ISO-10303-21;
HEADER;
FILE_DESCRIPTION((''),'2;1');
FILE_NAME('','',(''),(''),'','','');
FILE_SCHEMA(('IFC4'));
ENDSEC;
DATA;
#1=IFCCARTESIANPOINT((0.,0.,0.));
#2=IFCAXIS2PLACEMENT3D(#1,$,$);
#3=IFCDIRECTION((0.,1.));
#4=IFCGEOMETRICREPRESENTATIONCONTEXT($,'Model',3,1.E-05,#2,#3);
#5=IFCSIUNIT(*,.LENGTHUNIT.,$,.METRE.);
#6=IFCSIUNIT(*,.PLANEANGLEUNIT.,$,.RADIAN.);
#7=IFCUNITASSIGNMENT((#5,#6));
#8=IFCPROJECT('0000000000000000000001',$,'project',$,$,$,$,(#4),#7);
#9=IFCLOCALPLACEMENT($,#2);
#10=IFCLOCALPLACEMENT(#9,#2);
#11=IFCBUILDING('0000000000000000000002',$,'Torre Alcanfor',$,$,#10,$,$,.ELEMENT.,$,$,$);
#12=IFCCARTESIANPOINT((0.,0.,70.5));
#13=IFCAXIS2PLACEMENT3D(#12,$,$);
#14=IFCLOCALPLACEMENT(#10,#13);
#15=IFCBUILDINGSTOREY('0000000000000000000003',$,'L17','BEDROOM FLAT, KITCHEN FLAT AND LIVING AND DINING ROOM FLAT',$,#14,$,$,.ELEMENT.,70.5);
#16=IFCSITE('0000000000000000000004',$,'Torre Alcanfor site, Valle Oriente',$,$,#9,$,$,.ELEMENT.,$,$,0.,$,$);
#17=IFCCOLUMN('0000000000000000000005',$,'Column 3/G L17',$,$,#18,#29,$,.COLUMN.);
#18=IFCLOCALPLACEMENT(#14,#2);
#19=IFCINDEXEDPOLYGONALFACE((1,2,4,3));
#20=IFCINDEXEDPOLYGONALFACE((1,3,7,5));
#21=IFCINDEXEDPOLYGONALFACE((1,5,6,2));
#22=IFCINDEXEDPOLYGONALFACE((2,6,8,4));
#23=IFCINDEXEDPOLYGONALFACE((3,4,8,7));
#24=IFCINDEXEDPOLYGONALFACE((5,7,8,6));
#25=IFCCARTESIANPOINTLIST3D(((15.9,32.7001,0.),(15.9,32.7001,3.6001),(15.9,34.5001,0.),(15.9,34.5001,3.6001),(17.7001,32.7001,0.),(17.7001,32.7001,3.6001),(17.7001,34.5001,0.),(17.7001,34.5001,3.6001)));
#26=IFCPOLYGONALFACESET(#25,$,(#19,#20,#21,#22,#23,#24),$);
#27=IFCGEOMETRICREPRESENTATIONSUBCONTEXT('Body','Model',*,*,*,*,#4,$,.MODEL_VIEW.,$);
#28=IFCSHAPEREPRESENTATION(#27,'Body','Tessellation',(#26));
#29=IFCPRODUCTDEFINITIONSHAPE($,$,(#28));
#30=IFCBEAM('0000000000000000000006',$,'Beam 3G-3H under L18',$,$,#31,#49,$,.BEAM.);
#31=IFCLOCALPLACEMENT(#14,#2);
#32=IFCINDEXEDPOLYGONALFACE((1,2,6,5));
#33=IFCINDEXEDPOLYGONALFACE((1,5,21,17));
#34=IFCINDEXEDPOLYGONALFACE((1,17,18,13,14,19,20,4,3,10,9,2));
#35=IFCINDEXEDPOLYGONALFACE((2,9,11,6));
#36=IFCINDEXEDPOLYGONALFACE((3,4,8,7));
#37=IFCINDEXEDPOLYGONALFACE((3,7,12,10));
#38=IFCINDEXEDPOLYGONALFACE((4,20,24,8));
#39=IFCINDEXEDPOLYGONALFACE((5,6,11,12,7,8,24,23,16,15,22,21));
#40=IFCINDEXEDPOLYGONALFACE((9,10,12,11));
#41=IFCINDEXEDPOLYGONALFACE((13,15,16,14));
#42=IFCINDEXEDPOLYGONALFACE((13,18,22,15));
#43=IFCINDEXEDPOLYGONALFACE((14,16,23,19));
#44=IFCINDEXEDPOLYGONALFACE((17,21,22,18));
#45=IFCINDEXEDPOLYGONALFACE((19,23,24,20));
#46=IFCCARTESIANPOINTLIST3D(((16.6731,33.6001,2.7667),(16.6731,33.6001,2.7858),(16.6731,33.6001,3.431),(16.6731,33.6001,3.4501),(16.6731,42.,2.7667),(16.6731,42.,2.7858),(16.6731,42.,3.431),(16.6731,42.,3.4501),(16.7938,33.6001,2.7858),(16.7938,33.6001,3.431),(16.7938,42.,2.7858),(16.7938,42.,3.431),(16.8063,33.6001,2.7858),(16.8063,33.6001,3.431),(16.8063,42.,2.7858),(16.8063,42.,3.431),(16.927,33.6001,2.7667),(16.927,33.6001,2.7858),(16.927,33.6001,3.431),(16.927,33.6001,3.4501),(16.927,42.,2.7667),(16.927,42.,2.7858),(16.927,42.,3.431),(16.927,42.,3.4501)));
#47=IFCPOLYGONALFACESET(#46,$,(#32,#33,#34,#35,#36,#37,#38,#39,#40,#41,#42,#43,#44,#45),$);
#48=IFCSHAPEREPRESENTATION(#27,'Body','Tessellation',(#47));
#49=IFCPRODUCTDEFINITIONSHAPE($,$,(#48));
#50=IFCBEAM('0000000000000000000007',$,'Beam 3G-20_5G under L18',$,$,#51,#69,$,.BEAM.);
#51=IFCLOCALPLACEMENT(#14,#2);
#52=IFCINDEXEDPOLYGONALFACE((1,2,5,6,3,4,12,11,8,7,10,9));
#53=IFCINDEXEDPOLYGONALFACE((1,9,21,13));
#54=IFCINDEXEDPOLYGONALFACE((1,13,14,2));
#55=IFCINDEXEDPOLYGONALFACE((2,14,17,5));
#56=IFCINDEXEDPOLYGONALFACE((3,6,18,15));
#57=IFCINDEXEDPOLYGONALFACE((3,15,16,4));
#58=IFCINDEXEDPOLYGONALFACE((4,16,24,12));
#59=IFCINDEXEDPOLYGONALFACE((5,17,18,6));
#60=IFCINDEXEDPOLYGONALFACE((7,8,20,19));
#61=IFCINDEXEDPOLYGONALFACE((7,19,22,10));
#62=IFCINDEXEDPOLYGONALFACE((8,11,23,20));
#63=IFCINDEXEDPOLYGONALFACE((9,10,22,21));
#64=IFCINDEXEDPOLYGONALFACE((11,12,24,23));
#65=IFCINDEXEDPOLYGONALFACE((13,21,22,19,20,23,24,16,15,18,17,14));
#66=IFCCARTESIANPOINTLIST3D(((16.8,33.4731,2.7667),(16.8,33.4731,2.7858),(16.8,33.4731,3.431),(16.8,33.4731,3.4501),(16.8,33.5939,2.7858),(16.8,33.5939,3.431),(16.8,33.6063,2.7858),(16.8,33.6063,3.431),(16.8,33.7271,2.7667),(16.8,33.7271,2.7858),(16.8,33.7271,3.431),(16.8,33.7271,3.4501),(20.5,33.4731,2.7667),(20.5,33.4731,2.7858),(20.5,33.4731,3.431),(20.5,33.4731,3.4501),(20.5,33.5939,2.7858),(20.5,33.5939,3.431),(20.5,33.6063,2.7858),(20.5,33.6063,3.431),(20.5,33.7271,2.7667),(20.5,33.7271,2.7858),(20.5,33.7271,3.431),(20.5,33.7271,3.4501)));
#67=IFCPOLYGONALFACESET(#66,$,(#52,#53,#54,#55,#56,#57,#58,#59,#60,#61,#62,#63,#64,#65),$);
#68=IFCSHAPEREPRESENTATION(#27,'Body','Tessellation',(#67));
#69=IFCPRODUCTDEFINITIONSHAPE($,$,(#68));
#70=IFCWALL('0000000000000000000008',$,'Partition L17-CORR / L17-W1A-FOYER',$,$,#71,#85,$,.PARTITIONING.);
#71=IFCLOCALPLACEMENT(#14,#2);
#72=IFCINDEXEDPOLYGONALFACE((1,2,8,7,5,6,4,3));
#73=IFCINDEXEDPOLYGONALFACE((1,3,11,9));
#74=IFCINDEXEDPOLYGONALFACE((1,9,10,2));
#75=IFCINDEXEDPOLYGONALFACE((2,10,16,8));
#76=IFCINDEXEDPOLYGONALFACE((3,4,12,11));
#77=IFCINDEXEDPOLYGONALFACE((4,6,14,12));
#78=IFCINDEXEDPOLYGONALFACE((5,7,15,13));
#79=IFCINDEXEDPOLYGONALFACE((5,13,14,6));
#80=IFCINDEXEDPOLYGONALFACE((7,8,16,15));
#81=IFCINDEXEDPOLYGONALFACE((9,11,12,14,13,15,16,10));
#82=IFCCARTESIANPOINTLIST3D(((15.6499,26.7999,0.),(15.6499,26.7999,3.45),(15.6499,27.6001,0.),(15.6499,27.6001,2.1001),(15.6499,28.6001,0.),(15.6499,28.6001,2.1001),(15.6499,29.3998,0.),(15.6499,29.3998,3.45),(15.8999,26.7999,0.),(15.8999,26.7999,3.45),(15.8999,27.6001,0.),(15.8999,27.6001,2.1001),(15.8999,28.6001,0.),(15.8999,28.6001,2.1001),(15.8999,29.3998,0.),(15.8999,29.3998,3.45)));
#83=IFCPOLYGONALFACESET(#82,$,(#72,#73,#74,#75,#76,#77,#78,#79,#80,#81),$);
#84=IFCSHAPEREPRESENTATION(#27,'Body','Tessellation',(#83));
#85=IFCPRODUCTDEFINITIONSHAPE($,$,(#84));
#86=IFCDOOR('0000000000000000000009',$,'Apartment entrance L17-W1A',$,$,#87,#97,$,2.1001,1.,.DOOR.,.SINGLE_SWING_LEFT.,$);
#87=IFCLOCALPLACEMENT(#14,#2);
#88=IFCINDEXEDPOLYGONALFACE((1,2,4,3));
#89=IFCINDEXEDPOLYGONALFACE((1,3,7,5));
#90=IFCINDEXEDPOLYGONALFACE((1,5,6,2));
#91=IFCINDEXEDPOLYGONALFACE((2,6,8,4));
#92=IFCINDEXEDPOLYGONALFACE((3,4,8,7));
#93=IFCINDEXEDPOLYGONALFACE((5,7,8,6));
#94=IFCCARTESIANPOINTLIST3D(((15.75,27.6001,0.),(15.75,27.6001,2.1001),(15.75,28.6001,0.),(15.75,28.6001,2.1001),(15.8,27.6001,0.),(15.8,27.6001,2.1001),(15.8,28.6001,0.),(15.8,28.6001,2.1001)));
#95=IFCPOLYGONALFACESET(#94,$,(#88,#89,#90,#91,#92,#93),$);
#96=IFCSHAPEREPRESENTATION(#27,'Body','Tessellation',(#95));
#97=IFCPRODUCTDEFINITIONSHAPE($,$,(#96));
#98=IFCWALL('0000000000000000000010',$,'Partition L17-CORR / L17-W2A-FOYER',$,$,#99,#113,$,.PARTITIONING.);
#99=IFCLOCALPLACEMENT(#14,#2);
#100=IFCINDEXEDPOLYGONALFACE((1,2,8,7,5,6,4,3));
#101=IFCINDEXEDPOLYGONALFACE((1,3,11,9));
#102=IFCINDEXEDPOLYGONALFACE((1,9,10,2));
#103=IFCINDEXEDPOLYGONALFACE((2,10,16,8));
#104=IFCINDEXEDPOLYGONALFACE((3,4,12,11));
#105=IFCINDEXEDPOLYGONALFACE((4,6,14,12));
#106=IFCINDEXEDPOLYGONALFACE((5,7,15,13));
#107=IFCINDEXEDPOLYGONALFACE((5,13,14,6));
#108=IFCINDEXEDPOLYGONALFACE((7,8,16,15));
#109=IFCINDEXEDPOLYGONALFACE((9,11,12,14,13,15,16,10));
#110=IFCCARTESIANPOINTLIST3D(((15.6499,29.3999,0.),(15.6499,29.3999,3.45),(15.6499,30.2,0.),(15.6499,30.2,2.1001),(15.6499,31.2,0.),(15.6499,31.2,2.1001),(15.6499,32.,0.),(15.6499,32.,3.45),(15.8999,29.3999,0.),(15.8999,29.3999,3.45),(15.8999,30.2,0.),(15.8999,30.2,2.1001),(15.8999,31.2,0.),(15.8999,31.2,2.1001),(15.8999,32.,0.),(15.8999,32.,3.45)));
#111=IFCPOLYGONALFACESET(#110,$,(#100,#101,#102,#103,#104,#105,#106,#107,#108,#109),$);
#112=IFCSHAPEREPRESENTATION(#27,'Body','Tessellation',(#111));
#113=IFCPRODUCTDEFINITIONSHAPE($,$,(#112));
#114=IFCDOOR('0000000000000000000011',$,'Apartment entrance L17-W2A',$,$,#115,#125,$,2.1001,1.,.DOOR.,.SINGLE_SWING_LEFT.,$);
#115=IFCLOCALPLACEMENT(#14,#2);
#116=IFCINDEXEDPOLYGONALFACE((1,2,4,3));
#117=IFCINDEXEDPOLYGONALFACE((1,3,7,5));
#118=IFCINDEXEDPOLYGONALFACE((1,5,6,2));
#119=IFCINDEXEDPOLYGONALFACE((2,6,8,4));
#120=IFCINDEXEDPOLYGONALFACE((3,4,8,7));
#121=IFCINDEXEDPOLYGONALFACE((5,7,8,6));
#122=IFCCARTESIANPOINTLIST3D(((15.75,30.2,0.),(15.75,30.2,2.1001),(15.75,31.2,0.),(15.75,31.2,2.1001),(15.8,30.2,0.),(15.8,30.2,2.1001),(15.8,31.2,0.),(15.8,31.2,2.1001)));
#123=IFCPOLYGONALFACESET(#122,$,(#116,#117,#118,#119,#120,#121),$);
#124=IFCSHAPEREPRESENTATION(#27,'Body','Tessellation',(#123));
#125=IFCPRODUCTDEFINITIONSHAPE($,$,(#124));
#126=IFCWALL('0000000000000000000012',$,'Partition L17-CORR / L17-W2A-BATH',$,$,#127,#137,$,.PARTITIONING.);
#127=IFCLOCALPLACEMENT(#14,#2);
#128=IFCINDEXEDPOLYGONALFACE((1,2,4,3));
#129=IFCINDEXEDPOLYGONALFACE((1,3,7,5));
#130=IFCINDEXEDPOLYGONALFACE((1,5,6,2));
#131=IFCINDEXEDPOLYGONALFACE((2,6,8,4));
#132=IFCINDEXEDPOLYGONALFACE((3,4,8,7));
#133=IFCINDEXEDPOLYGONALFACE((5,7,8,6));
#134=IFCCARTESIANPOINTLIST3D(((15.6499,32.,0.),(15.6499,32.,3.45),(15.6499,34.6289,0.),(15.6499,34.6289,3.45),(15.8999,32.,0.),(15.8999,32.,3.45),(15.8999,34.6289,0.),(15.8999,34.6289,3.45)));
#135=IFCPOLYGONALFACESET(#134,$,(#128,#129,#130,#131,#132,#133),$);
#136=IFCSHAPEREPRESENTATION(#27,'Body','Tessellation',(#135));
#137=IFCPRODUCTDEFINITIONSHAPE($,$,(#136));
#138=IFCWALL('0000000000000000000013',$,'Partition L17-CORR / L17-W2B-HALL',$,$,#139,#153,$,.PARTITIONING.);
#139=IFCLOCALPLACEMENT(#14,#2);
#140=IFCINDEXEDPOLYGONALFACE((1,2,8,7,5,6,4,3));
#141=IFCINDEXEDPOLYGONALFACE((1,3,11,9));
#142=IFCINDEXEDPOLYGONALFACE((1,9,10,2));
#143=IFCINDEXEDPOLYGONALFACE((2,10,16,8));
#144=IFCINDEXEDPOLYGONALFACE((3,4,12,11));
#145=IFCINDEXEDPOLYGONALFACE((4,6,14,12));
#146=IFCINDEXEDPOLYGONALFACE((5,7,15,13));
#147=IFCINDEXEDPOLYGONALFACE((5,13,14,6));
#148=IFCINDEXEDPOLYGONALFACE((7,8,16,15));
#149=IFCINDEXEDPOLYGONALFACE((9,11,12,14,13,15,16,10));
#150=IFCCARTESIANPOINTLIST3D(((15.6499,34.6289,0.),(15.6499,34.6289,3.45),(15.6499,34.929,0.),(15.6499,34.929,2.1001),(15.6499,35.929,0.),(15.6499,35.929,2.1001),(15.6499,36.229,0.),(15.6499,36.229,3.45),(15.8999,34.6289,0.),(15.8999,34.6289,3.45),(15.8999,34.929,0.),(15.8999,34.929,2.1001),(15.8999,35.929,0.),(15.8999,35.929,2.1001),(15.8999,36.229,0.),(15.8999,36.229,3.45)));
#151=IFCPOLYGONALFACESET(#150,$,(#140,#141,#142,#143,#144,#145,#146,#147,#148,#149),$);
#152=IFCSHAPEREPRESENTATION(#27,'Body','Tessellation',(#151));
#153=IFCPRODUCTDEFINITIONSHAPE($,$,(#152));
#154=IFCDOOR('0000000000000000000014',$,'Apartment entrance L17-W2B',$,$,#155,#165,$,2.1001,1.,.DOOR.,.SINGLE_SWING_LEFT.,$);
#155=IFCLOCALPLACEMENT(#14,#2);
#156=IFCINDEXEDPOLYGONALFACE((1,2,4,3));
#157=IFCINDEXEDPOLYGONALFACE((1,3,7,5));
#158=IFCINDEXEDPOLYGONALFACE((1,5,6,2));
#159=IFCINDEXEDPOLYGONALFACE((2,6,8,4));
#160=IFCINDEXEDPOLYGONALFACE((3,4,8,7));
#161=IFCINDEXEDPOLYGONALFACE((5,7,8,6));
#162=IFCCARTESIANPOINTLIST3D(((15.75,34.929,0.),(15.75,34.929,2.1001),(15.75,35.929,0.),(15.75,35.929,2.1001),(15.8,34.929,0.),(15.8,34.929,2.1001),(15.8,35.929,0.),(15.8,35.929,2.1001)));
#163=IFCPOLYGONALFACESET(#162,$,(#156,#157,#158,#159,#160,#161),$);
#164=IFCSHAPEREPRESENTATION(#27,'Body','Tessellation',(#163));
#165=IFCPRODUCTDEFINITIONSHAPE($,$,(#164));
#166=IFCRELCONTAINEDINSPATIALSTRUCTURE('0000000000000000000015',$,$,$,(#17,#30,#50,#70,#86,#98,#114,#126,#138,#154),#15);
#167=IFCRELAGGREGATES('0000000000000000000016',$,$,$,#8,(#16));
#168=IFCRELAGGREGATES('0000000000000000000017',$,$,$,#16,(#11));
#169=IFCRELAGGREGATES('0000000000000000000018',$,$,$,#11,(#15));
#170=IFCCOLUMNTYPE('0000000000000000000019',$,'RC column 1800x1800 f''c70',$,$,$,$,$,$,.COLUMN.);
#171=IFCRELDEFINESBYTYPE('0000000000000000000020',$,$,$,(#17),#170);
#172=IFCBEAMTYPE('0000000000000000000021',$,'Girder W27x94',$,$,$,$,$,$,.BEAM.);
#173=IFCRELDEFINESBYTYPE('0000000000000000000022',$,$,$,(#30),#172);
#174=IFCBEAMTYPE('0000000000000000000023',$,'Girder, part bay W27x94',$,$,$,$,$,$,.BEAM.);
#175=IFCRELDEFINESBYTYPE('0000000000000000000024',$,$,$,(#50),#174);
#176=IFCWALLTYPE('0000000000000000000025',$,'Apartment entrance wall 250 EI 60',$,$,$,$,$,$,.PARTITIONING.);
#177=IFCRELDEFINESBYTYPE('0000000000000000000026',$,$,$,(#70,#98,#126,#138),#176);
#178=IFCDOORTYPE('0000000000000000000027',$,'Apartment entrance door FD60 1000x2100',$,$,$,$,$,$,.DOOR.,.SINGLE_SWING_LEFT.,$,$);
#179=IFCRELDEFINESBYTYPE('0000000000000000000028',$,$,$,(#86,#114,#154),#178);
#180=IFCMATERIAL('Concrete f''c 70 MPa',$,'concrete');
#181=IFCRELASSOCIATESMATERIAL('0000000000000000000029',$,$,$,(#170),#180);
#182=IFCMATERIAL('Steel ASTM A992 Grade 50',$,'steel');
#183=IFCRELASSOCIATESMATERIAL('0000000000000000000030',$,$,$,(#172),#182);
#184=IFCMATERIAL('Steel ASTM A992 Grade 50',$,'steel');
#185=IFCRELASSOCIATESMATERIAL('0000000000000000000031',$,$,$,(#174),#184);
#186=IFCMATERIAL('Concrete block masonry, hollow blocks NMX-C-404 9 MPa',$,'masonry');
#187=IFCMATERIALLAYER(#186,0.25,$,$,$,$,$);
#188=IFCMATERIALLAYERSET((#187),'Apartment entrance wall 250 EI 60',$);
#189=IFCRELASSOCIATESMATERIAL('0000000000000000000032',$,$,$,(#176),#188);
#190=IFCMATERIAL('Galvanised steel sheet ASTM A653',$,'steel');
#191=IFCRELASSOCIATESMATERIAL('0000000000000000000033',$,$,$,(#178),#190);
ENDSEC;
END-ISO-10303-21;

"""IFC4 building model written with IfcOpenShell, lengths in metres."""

from ifc_helpers import new_model, si_unit, direction, frame, frame_2d, origin, origin_2d, place, context, subcontext, project, spatial, rectangle, i_section, extrude, material, layer, layer_set, material_profile, profile_set, type_object, element, fill, save


model = new_model("IFC4")

# Units and contexts
model_context = context("Model", 3, precision=1e-05, world=origin(), true_north=direction((0.0, 1.0)))
body_context = subcontext(model_context, "Body", "Model", "MODEL_VIEW")
ifc_project = project(units=[si_unit("LENGTHUNIT", "METRE"), si_unit("PLANEANGLEUNIT", "RADIAN")], contexts=[model_context])

# Site, building, storey
site_placement = place(None, origin())
site = spatial("IfcSite", under=ifc_project, at=site_placement, Name="Torre Alcanfor site, Valle Oriente", CompositionType="ELEMENT", RefElevation=0.0)
building_placement = place(site_placement, origin())
building = spatial("IfcBuilding", under=site, at=building_placement, Name="Torre Alcanfor", CompositionType="ELEMENT")
storey_placement = place(building_placement, frame((0.0, 0.0, 70.5)))
storey = spatial("IfcBuildingStorey", under=building, at=storey_placement, Name="L17", Description="BEDROOM FLAT, KITCHEN FLAT AND LIVING AND DINING ROOM FLAT", CompositionType="ELEMENT", Elevation=70.5)

# Column
ifc_material_1 = material(Name="Concrete f'c 70 MPa", Category="concrete")
ifc_material_profile_1 = material_profile(ifc_material_1, rectangle(XDim=1.8, YDim=1.8, at=origin_2d()), Name="1800x1800")
ifc_profile_set_1 = profile_set([ifc_material_profile_1], Name="Concrete f'c 70 MPa")
column_type = type_object("IfcColumnType", Name="RC column 1800x1800 f'c70", PredefinedType="COLUMN", material=ifc_profile_set_1)
column_placement = place(storey_placement, frame((16.8, 33.6001, 0.0), z_axis=(0.0, 0.0, 1.0), x_axis=(1.0, 0.0, 0.0)))
element("IfcColumn", 1, at=column_placement, inside=storey, type_object=column_type, Name="Column 3/G L17", PredefinedType="COLUMN", context=body_context, shape_type="SweptSolid", body=[
    extrude(rectangle(XDim=1.8, YDim=1.8, at=origin_2d()), origin(), (0.0, 0.0, 1.0), 3.6001),
])

# Beams
ifc_material_2 = material(Name="Steel ASTM A992 Grade 50", Category="steel")
ifc_material_profile_2 = material_profile(ifc_material_2, i_section(OverallWidth=0.2539, OverallDepth=0.6833, WebThickness=0.0125, FlangeThickness=0.019, at=origin_2d()), Name="W27x94")
ifc_profile_set_2 = profile_set([ifc_material_profile_2], Name="Steel ASTM A992 Grade 50")
beam_type_1 = type_object("IfcBeamType", Name="Girder W27x94", PredefinedType="BEAM", material=ifc_profile_set_2)
beam_1_placement = place(storey_placement, frame((16.8, 33.6001, 3.1084), z_axis=(0.0, 1.0, 0.0), x_axis=(-1.0, 0.0, 0.0)))
element("IfcBeam", 2, at=beam_1_placement, inside=storey, type_object=beam_type_1, Name="Beam 3G-3H under L18", PredefinedType="BEAM", context=body_context, shape_type="SweptSolid", body=[
    extrude(i_section(OverallWidth=0.2539, OverallDepth=0.6833, WebThickness=0.0125, FlangeThickness=0.019, at=origin_2d()), origin(), (0.0, 0.0, 1.0), 8.3999),
])
ifc_material_3 = material(Name="Steel ASTM A992 Grade 50", Category="steel")
ifc_material_profile_3 = material_profile(ifc_material_3, i_section(OverallWidth=0.2539, OverallDepth=0.6833, WebThickness=0.0125, FlangeThickness=0.019, at=origin_2d()), Name="W27x94")
ifc_profile_set_3 = profile_set([ifc_material_profile_3], Name="Steel ASTM A992 Grade 50")
beam_type_2 = type_object("IfcBeamType", Name="Girder, part bay W27x94", PredefinedType="BEAM", material=ifc_profile_set_3)
beam_2_placement = place(storey_placement, frame((16.8, 33.6001, 3.1084), z_axis=(1.0, 0.0, 0.0), x_axis=(0.0, 1.0, 0.0)))
element("IfcBeam", 3, at=beam_2_placement, inside=storey, type_object=beam_type_2, Name="Beam 3G-20_5G under L18", PredefinedType="BEAM", context=body_context, shape_type="SweptSolid", body=[
    extrude(i_section(OverallWidth=0.2539, OverallDepth=0.6833, WebThickness=0.0125, FlangeThickness=0.019, at=origin_2d()), origin(), (0.0, 0.0, 1.0), 3.7),
])

# Walls, openings, doors
ifc_material_4 = material(Name="Concrete block masonry, hollow blocks NMX-C-404 9 MPa", Category="masonry")
ifc_layer_1 = layer(ifc_material_4, 0.25)
ifc_layer_set_1 = layer_set([ifc_layer_1], Name="Apartment entrance wall 250 EI 60")
wall_type_1 = type_object("IfcWallType", Name="Apartment entrance wall 250 EI 60", PredefinedType="PARTITIONING", material=ifc_layer_set_1)
wall_1_placement = place(storey_placement, frame((15.7749, 26.8, 0.0), z_axis=(0.0, 0.0, 1.0), x_axis=(0.0, 1.0, 0.0)))
wall_1 = element("IfcWall", 4, at=wall_1_placement, inside=storey, type_object=wall_type_1, Name="Partition L17-CORR / L17-W1A-FOYER", PredefinedType="PARTITIONING", context=body_context, shape_type="SweptSolid", body=[
    extrude(rectangle(XDim=2.5999, YDim=0.25, at=frame_2d((1.2998, 0.0))), origin(), (0.0, 0.0, 1.0), 3.45),
])
opening_1_placement = place(wall_1_placement, frame((0.8, 0.0, 0.0)))
opening_1 = element("IfcOpeningElement", 5, at=opening_1_placement, cuts=wall_1, PredefinedType="OPENING", context=body_context, shape_type="SweptSolid", body=[
    extrude(rectangle(XDim=1.0, YDim=2.1001, at=frame_2d((0.5, 1.05))), frame((0.0, 0.135, 0.0), z_axis=(0.0, -1.0, 0.0), x_axis=(1.0, 0.0, 0.0)), (0.0, 0.0, 1.0), 0.27),
])
ifc_material_5 = material(Name="Galvanised steel sheet ASTM A653", Category="steel")
door_type_1 = type_object("IfcDoorType", Name="Apartment entrance door FD60 1000x2100", OperationType="SINGLE_SWING_LEFT", PredefinedType="DOOR", material=ifc_material_5)
door_1_placement = place(opening_1_placement, origin())
door_1 = element("IfcDoor", 6, at=door_1_placement, inside=storey, type_object=door_type_1, Name="Apartment entrance L17-W1A", OperationType="SINGLE_SWING_LEFT", OverallHeight=2.1001, OverallWidth=1.0, PredefinedType="DOOR", context=body_context, shape_type="SweptSolid", body=[
    extrude(rectangle(XDim=1.0, YDim=2.1001, at=frame_2d((0.5, 1.05))), frame((0.0, 0.0249, 0.0), z_axis=(0.0, -1.0, 0.0), x_axis=(1.0, 0.0, 0.0)), (0.0, 0.0, 1.0), 0.05),
])
fill(opening_1, door_1)
wall_2_placement = place(storey_placement, frame((15.7749, 29.3999, 0.0), z_axis=(0.0, 0.0, 1.0), x_axis=(0.0, 1.0, 0.0)))
wall_2 = element("IfcWall", 7, at=wall_2_placement, inside=storey, type_object=wall_type_1, Name="Partition L17-CORR / L17-W2A-FOYER", PredefinedType="PARTITIONING", context=body_context, shape_type="SweptSolid", body=[
    extrude(rectangle(XDim=2.6001, YDim=0.25, at=frame_2d((1.3, 0.0))), origin(), (0.0, 0.0, 1.0), 3.45),
])
opening_2_placement = place(wall_2_placement, frame((0.8, 0.0, 0.0)))
opening_2 = element("IfcOpeningElement", 8, at=opening_2_placement, cuts=wall_2, PredefinedType="OPENING", context=body_context, shape_type="SweptSolid", body=[
    extrude(rectangle(XDim=1.0, YDim=2.1001, at=frame_2d((0.5, 1.05))), frame((0.0, 0.135, 0.0), z_axis=(0.0, -1.0, 0.0), x_axis=(1.0, 0.0, 0.0)), (0.0, 0.0, 1.0), 0.27),
])
door_2_placement = place(opening_2_placement, origin())
door_2 = element("IfcDoor", 9, at=door_2_placement, inside=storey, type_object=door_type_1, Name="Apartment entrance L17-W2A", OperationType="SINGLE_SWING_LEFT", OverallHeight=2.1001, OverallWidth=1.0, PredefinedType="DOOR", context=body_context, shape_type="SweptSolid", body=[
    extrude(rectangle(XDim=1.0, YDim=2.1001, at=frame_2d((0.5, 1.05))), frame((0.0, 0.0249, 0.0), z_axis=(0.0, -1.0, 0.0), x_axis=(1.0, 0.0, 0.0)), (0.0, 0.0, 1.0), 0.05),
])
fill(opening_2, door_2)

# Wall
wall_3_placement = place(storey_placement, frame((15.7749, 32.0, 0.0), z_axis=(0.0, 0.0, 1.0), x_axis=(0.0, 1.0, 0.0)))
element("IfcWall", 10, at=wall_3_placement, inside=storey, type_object=wall_type_1, Name="Partition L17-CORR / L17-W2A-BATH", PredefinedType="PARTITIONING", context=body_context, shape_type="SweptSolid", body=[
    extrude(rectangle(XDim=2.6289, YDim=0.25, at=frame_2d((1.3145, 0.0))), origin(), (0.0, 0.0, 1.0), 3.45),
])

# Wall, opening, door
wall_4_placement = place(storey_placement, frame((15.7749, 34.6289, 0.0), z_axis=(0.0, 0.0, 1.0), x_axis=(0.0, 1.0, 0.0)))
wall_4 = element("IfcWall", 11, at=wall_4_placement, inside=storey, type_object=wall_type_1, Name="Partition L17-CORR / L17-W2B-HALL", PredefinedType="PARTITIONING", context=body_context, shape_type="SweptSolid", body=[
    extrude(rectangle(XDim=1.6001, YDim=0.25, at=frame_2d((0.8, 0.0))), origin(), (0.0, 0.0, 1.0), 3.45),
])
opening_3_placement = place(wall_4_placement, frame((0.3, 0.0, 0.0)))
opening_3 = element("IfcOpeningElement", 12, at=opening_3_placement, cuts=wall_4, PredefinedType="OPENING", context=body_context, shape_type="SweptSolid", body=[
    extrude(rectangle(XDim=1.0, YDim=2.1001, at=frame_2d((0.5, 1.05))), frame((0.0, 0.135, 0.0), z_axis=(0.0, -1.0, 0.0), x_axis=(1.0, 0.0, 0.0)), (0.0, 0.0, 1.0), 0.27),
])
door_3_placement = place(opening_3_placement, origin())
door_3 = element("IfcDoor", 13, at=door_3_placement, inside=storey, type_object=door_type_1, Name="Apartment entrance L17-W2B", OperationType="SINGLE_SWING_LEFT", OverallHeight=2.1001, OverallWidth=1.0, PredefinedType="DOOR", context=body_context, shape_type="SweptSolid", body=[
    extrude(rectangle(XDim=1.0, YDim=2.1001, at=frame_2d((0.5, 1.05))), frame((0.0, 0.0249, 0.0), z_axis=(0.0, -1.0, 0.0), x_axis=(1.0, 0.0, 0.0)), (0.0, 0.0, 1.0), 0.05),
])
fill(opening_3, door_3)

save(model, "model.ifc")
